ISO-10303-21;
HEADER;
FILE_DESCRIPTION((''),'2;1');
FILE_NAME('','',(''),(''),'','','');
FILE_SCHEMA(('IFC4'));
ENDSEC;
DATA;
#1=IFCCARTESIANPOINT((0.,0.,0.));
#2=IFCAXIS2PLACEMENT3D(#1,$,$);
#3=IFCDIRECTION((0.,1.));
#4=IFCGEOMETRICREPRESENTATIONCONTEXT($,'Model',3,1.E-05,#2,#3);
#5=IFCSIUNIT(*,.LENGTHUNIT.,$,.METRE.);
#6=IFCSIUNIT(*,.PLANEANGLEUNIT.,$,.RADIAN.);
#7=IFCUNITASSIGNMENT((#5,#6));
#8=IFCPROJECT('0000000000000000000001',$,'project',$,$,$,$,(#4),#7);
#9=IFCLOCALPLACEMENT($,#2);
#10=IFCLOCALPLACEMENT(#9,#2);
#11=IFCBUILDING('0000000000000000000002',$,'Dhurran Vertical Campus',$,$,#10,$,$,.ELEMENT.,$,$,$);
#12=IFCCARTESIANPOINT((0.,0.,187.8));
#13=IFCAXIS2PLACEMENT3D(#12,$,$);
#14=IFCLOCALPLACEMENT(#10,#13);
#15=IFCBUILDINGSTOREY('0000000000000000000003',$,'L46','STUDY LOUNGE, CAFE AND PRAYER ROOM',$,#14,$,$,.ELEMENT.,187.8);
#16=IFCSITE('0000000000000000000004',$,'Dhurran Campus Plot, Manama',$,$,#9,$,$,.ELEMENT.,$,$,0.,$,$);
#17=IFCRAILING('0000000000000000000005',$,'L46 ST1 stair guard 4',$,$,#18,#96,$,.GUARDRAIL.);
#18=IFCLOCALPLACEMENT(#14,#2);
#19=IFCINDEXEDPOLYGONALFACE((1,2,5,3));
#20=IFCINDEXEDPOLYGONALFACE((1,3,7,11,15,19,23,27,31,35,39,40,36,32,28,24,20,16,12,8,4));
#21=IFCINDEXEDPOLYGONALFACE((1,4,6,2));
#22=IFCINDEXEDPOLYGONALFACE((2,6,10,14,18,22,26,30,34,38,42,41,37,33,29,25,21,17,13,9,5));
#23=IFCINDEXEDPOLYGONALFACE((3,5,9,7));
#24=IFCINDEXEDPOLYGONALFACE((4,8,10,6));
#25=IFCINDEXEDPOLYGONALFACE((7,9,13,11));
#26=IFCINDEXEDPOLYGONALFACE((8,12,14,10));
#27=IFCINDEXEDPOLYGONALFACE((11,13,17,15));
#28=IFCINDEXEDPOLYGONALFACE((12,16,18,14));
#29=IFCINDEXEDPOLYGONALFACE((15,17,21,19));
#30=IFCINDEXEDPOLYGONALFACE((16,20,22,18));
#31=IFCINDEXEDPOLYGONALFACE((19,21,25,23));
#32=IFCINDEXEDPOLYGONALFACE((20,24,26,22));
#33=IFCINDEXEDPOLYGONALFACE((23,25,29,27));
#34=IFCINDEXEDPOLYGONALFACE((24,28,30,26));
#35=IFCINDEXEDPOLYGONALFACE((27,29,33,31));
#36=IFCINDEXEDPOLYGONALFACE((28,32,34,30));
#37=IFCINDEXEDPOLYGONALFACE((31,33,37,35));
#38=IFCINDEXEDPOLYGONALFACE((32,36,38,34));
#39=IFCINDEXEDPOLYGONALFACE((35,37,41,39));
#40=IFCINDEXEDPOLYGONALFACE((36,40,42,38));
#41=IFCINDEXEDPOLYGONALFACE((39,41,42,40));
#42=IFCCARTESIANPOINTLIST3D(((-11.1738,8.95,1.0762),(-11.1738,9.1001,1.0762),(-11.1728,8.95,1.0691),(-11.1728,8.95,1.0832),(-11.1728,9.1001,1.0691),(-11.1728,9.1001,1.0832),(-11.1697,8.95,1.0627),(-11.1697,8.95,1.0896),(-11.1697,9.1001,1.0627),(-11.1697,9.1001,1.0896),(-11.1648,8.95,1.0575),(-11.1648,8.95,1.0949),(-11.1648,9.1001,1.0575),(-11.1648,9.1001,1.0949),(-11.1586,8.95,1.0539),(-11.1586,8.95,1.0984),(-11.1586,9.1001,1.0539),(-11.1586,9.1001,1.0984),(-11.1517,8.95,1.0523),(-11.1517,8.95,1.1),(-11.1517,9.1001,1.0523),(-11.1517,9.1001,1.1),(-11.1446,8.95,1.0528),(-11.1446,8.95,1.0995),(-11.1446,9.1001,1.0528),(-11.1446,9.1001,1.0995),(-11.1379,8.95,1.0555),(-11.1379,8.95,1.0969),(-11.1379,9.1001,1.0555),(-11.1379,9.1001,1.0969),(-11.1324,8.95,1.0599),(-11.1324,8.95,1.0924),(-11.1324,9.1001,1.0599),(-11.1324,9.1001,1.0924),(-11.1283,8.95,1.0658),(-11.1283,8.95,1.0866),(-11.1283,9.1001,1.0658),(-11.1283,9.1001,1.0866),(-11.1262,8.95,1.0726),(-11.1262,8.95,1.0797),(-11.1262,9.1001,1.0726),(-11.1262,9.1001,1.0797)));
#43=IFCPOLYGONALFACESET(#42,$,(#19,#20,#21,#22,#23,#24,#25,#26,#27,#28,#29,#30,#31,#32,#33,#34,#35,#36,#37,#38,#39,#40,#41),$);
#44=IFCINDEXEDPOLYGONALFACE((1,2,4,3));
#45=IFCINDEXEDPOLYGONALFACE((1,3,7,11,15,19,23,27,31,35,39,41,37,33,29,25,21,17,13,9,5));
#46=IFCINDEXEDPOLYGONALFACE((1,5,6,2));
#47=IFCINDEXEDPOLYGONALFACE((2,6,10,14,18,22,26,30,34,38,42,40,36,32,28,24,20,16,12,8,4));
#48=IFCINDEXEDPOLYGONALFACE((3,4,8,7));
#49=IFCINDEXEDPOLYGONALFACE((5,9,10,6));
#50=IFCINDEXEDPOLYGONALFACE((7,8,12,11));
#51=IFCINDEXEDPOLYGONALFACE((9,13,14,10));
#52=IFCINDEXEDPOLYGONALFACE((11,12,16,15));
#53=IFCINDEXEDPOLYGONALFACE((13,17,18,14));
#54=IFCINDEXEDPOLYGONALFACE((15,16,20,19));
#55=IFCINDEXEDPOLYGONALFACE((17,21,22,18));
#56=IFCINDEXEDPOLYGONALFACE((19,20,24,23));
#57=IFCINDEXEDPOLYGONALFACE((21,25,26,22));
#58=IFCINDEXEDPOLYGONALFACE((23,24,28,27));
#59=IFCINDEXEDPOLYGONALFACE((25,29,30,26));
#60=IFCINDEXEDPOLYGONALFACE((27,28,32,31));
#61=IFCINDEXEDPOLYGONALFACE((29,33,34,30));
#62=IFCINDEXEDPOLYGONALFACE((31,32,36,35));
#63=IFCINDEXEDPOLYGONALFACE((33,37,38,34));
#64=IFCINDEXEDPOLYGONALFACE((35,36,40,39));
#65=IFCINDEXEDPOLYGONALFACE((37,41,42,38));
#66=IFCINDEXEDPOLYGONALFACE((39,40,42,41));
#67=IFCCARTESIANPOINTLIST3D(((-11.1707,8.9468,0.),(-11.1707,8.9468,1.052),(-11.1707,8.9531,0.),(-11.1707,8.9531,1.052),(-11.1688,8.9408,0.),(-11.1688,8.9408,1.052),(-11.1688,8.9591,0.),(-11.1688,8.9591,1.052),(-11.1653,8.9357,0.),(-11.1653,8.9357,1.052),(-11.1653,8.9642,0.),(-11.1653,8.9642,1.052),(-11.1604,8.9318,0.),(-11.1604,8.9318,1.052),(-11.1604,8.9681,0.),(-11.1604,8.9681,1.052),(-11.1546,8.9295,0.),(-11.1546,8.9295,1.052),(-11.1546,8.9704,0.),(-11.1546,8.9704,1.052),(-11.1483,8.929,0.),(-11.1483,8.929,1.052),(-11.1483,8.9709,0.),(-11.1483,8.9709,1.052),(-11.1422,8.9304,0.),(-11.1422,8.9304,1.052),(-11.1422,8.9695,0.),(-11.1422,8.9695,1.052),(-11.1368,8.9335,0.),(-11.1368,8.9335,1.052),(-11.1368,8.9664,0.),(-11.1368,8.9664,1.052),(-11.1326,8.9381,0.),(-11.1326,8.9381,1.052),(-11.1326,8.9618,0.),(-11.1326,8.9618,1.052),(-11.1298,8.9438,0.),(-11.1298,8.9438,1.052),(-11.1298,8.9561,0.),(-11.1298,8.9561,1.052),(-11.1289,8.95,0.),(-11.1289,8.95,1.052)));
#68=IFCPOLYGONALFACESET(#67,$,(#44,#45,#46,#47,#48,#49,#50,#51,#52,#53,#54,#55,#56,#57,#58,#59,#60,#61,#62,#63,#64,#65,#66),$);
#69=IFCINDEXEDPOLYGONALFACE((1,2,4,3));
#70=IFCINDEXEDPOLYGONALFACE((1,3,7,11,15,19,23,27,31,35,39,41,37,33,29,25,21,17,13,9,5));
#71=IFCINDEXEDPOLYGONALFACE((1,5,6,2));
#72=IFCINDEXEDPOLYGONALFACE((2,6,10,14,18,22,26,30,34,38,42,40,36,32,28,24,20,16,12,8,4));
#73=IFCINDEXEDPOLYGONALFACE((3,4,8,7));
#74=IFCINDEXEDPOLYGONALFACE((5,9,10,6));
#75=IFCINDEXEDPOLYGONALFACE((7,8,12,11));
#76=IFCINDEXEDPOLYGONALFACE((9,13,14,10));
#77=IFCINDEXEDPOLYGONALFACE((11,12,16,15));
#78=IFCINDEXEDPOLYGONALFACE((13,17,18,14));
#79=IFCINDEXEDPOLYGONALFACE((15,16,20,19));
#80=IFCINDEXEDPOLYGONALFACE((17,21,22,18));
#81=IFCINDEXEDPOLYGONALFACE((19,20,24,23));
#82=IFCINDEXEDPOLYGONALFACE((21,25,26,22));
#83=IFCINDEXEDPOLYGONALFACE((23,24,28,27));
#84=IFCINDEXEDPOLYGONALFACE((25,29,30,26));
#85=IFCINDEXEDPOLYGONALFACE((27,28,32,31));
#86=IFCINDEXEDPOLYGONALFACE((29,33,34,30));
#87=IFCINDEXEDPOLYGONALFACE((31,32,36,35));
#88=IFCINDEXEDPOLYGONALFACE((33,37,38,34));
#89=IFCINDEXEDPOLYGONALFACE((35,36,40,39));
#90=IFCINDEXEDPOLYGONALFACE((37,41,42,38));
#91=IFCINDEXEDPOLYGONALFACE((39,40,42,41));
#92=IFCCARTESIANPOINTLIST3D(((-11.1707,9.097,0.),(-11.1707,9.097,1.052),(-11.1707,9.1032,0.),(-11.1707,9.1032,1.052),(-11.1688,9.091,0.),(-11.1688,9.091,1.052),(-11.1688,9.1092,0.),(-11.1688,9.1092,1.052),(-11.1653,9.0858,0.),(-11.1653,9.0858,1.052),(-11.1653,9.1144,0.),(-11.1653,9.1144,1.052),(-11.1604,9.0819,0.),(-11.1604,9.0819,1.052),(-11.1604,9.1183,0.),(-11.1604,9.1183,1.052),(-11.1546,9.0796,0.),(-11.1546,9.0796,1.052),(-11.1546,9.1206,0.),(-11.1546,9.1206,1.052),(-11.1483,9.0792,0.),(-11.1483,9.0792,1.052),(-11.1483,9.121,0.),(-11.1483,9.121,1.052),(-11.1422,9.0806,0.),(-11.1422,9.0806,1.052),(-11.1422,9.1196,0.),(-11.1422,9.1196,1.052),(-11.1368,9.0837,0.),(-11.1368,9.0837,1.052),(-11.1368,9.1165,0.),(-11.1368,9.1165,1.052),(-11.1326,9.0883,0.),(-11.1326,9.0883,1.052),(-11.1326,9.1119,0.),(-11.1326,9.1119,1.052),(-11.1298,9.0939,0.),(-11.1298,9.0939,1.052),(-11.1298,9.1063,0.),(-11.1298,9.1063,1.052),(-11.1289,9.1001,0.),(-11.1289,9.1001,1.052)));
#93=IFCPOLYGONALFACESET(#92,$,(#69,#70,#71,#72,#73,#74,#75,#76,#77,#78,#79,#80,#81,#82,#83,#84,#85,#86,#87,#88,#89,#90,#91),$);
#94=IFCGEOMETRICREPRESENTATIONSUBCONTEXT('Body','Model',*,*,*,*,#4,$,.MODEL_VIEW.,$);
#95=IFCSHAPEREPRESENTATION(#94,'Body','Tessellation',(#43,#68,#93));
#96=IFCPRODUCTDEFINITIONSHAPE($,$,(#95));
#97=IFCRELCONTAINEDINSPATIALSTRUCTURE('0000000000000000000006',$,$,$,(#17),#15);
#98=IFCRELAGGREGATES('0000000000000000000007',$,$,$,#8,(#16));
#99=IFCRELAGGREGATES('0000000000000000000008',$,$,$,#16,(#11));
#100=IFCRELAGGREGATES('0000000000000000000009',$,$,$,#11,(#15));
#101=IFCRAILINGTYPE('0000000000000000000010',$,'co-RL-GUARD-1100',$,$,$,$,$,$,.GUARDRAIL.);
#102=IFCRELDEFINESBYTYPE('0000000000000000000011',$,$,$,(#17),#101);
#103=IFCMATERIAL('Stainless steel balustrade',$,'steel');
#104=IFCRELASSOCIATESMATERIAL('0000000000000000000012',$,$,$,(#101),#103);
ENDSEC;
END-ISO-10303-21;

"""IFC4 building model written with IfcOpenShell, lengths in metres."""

from ifc_helpers import new_model, si_unit, direction, frame, origin, origin_2d, place, context, subcontext, project, spatial, circle, extrude, material, type_object, element, save


model = new_model("IFC4")

# Units and contexts
model_context = context("Model", 3, precision=1e-05, world=origin(), true_north=direction((0.0, 1.0)))
body_context = subcontext(model_context, "Body", "Model", "MODEL_VIEW")
ifc_project = project(units=[si_unit("LENGTHUNIT", "METRE"), si_unit("PLANEANGLEUNIT", "RADIAN")], contexts=[model_context])

# Site, building, storey
site_placement = place(None, origin())
site = spatial("IfcSite", under=ifc_project, at=site_placement, Name="Dhurran Campus Plot, Manama", CompositionType="ELEMENT", RefElevation=0.0)
building_placement = place(site_placement, origin())
building = spatial("IfcBuilding", under=site, at=building_placement, Name="Dhurran Vertical Campus", CompositionType="ELEMENT")
storey_placement = place(building_placement, frame((0.0, 0.0, 187.8)))
storey = spatial("IfcBuildingStorey", under=building, at=storey_placement, Name="L46", Description="STUDY LOUNGE, CAFE AND PRAYER ROOM", CompositionType="ELEMENT", Elevation=187.8)

# Railing
ifc_material_1 = material(Name="Stainless steel balustrade", Category="steel")
railing_type_1 = type_object("IfcRailingType", Name="co-RL-GUARD-1100", PredefinedType="GUARDRAIL", material=ifc_material_1)
railing_1_placement = place(storey_placement, frame((-11.1499, 8.95, 0.0)))
element("IfcRailing", 1, at=railing_1_placement, inside=storey, type_object=railing_type_1, Name="L46 ST1 stair guard 4", PredefinedType="GUARDRAIL", context=body_context, shape_type="SweptSolid", body=[
    extrude(circle(Radius=0.0239, at=origin_2d()), frame((0.0, 0.0, 1.0762), z_axis=(0.0, 1.0, 0.0), x_axis=(-1.0, 0.0, 0.0)), (0.0, 0.0, 1.0), 0.1501),
    extrude(circle(Radius=0.021, at=origin_2d()), origin(), (0.0, 0.0, 1.0), 1.052),
    extrude(circle(Radius=0.021, at=origin_2d()), frame((0.0, 0.1501, 0.0)), (0.0, 0.0, 1.0), 1.052),
])

save(model, "model.ifc")
